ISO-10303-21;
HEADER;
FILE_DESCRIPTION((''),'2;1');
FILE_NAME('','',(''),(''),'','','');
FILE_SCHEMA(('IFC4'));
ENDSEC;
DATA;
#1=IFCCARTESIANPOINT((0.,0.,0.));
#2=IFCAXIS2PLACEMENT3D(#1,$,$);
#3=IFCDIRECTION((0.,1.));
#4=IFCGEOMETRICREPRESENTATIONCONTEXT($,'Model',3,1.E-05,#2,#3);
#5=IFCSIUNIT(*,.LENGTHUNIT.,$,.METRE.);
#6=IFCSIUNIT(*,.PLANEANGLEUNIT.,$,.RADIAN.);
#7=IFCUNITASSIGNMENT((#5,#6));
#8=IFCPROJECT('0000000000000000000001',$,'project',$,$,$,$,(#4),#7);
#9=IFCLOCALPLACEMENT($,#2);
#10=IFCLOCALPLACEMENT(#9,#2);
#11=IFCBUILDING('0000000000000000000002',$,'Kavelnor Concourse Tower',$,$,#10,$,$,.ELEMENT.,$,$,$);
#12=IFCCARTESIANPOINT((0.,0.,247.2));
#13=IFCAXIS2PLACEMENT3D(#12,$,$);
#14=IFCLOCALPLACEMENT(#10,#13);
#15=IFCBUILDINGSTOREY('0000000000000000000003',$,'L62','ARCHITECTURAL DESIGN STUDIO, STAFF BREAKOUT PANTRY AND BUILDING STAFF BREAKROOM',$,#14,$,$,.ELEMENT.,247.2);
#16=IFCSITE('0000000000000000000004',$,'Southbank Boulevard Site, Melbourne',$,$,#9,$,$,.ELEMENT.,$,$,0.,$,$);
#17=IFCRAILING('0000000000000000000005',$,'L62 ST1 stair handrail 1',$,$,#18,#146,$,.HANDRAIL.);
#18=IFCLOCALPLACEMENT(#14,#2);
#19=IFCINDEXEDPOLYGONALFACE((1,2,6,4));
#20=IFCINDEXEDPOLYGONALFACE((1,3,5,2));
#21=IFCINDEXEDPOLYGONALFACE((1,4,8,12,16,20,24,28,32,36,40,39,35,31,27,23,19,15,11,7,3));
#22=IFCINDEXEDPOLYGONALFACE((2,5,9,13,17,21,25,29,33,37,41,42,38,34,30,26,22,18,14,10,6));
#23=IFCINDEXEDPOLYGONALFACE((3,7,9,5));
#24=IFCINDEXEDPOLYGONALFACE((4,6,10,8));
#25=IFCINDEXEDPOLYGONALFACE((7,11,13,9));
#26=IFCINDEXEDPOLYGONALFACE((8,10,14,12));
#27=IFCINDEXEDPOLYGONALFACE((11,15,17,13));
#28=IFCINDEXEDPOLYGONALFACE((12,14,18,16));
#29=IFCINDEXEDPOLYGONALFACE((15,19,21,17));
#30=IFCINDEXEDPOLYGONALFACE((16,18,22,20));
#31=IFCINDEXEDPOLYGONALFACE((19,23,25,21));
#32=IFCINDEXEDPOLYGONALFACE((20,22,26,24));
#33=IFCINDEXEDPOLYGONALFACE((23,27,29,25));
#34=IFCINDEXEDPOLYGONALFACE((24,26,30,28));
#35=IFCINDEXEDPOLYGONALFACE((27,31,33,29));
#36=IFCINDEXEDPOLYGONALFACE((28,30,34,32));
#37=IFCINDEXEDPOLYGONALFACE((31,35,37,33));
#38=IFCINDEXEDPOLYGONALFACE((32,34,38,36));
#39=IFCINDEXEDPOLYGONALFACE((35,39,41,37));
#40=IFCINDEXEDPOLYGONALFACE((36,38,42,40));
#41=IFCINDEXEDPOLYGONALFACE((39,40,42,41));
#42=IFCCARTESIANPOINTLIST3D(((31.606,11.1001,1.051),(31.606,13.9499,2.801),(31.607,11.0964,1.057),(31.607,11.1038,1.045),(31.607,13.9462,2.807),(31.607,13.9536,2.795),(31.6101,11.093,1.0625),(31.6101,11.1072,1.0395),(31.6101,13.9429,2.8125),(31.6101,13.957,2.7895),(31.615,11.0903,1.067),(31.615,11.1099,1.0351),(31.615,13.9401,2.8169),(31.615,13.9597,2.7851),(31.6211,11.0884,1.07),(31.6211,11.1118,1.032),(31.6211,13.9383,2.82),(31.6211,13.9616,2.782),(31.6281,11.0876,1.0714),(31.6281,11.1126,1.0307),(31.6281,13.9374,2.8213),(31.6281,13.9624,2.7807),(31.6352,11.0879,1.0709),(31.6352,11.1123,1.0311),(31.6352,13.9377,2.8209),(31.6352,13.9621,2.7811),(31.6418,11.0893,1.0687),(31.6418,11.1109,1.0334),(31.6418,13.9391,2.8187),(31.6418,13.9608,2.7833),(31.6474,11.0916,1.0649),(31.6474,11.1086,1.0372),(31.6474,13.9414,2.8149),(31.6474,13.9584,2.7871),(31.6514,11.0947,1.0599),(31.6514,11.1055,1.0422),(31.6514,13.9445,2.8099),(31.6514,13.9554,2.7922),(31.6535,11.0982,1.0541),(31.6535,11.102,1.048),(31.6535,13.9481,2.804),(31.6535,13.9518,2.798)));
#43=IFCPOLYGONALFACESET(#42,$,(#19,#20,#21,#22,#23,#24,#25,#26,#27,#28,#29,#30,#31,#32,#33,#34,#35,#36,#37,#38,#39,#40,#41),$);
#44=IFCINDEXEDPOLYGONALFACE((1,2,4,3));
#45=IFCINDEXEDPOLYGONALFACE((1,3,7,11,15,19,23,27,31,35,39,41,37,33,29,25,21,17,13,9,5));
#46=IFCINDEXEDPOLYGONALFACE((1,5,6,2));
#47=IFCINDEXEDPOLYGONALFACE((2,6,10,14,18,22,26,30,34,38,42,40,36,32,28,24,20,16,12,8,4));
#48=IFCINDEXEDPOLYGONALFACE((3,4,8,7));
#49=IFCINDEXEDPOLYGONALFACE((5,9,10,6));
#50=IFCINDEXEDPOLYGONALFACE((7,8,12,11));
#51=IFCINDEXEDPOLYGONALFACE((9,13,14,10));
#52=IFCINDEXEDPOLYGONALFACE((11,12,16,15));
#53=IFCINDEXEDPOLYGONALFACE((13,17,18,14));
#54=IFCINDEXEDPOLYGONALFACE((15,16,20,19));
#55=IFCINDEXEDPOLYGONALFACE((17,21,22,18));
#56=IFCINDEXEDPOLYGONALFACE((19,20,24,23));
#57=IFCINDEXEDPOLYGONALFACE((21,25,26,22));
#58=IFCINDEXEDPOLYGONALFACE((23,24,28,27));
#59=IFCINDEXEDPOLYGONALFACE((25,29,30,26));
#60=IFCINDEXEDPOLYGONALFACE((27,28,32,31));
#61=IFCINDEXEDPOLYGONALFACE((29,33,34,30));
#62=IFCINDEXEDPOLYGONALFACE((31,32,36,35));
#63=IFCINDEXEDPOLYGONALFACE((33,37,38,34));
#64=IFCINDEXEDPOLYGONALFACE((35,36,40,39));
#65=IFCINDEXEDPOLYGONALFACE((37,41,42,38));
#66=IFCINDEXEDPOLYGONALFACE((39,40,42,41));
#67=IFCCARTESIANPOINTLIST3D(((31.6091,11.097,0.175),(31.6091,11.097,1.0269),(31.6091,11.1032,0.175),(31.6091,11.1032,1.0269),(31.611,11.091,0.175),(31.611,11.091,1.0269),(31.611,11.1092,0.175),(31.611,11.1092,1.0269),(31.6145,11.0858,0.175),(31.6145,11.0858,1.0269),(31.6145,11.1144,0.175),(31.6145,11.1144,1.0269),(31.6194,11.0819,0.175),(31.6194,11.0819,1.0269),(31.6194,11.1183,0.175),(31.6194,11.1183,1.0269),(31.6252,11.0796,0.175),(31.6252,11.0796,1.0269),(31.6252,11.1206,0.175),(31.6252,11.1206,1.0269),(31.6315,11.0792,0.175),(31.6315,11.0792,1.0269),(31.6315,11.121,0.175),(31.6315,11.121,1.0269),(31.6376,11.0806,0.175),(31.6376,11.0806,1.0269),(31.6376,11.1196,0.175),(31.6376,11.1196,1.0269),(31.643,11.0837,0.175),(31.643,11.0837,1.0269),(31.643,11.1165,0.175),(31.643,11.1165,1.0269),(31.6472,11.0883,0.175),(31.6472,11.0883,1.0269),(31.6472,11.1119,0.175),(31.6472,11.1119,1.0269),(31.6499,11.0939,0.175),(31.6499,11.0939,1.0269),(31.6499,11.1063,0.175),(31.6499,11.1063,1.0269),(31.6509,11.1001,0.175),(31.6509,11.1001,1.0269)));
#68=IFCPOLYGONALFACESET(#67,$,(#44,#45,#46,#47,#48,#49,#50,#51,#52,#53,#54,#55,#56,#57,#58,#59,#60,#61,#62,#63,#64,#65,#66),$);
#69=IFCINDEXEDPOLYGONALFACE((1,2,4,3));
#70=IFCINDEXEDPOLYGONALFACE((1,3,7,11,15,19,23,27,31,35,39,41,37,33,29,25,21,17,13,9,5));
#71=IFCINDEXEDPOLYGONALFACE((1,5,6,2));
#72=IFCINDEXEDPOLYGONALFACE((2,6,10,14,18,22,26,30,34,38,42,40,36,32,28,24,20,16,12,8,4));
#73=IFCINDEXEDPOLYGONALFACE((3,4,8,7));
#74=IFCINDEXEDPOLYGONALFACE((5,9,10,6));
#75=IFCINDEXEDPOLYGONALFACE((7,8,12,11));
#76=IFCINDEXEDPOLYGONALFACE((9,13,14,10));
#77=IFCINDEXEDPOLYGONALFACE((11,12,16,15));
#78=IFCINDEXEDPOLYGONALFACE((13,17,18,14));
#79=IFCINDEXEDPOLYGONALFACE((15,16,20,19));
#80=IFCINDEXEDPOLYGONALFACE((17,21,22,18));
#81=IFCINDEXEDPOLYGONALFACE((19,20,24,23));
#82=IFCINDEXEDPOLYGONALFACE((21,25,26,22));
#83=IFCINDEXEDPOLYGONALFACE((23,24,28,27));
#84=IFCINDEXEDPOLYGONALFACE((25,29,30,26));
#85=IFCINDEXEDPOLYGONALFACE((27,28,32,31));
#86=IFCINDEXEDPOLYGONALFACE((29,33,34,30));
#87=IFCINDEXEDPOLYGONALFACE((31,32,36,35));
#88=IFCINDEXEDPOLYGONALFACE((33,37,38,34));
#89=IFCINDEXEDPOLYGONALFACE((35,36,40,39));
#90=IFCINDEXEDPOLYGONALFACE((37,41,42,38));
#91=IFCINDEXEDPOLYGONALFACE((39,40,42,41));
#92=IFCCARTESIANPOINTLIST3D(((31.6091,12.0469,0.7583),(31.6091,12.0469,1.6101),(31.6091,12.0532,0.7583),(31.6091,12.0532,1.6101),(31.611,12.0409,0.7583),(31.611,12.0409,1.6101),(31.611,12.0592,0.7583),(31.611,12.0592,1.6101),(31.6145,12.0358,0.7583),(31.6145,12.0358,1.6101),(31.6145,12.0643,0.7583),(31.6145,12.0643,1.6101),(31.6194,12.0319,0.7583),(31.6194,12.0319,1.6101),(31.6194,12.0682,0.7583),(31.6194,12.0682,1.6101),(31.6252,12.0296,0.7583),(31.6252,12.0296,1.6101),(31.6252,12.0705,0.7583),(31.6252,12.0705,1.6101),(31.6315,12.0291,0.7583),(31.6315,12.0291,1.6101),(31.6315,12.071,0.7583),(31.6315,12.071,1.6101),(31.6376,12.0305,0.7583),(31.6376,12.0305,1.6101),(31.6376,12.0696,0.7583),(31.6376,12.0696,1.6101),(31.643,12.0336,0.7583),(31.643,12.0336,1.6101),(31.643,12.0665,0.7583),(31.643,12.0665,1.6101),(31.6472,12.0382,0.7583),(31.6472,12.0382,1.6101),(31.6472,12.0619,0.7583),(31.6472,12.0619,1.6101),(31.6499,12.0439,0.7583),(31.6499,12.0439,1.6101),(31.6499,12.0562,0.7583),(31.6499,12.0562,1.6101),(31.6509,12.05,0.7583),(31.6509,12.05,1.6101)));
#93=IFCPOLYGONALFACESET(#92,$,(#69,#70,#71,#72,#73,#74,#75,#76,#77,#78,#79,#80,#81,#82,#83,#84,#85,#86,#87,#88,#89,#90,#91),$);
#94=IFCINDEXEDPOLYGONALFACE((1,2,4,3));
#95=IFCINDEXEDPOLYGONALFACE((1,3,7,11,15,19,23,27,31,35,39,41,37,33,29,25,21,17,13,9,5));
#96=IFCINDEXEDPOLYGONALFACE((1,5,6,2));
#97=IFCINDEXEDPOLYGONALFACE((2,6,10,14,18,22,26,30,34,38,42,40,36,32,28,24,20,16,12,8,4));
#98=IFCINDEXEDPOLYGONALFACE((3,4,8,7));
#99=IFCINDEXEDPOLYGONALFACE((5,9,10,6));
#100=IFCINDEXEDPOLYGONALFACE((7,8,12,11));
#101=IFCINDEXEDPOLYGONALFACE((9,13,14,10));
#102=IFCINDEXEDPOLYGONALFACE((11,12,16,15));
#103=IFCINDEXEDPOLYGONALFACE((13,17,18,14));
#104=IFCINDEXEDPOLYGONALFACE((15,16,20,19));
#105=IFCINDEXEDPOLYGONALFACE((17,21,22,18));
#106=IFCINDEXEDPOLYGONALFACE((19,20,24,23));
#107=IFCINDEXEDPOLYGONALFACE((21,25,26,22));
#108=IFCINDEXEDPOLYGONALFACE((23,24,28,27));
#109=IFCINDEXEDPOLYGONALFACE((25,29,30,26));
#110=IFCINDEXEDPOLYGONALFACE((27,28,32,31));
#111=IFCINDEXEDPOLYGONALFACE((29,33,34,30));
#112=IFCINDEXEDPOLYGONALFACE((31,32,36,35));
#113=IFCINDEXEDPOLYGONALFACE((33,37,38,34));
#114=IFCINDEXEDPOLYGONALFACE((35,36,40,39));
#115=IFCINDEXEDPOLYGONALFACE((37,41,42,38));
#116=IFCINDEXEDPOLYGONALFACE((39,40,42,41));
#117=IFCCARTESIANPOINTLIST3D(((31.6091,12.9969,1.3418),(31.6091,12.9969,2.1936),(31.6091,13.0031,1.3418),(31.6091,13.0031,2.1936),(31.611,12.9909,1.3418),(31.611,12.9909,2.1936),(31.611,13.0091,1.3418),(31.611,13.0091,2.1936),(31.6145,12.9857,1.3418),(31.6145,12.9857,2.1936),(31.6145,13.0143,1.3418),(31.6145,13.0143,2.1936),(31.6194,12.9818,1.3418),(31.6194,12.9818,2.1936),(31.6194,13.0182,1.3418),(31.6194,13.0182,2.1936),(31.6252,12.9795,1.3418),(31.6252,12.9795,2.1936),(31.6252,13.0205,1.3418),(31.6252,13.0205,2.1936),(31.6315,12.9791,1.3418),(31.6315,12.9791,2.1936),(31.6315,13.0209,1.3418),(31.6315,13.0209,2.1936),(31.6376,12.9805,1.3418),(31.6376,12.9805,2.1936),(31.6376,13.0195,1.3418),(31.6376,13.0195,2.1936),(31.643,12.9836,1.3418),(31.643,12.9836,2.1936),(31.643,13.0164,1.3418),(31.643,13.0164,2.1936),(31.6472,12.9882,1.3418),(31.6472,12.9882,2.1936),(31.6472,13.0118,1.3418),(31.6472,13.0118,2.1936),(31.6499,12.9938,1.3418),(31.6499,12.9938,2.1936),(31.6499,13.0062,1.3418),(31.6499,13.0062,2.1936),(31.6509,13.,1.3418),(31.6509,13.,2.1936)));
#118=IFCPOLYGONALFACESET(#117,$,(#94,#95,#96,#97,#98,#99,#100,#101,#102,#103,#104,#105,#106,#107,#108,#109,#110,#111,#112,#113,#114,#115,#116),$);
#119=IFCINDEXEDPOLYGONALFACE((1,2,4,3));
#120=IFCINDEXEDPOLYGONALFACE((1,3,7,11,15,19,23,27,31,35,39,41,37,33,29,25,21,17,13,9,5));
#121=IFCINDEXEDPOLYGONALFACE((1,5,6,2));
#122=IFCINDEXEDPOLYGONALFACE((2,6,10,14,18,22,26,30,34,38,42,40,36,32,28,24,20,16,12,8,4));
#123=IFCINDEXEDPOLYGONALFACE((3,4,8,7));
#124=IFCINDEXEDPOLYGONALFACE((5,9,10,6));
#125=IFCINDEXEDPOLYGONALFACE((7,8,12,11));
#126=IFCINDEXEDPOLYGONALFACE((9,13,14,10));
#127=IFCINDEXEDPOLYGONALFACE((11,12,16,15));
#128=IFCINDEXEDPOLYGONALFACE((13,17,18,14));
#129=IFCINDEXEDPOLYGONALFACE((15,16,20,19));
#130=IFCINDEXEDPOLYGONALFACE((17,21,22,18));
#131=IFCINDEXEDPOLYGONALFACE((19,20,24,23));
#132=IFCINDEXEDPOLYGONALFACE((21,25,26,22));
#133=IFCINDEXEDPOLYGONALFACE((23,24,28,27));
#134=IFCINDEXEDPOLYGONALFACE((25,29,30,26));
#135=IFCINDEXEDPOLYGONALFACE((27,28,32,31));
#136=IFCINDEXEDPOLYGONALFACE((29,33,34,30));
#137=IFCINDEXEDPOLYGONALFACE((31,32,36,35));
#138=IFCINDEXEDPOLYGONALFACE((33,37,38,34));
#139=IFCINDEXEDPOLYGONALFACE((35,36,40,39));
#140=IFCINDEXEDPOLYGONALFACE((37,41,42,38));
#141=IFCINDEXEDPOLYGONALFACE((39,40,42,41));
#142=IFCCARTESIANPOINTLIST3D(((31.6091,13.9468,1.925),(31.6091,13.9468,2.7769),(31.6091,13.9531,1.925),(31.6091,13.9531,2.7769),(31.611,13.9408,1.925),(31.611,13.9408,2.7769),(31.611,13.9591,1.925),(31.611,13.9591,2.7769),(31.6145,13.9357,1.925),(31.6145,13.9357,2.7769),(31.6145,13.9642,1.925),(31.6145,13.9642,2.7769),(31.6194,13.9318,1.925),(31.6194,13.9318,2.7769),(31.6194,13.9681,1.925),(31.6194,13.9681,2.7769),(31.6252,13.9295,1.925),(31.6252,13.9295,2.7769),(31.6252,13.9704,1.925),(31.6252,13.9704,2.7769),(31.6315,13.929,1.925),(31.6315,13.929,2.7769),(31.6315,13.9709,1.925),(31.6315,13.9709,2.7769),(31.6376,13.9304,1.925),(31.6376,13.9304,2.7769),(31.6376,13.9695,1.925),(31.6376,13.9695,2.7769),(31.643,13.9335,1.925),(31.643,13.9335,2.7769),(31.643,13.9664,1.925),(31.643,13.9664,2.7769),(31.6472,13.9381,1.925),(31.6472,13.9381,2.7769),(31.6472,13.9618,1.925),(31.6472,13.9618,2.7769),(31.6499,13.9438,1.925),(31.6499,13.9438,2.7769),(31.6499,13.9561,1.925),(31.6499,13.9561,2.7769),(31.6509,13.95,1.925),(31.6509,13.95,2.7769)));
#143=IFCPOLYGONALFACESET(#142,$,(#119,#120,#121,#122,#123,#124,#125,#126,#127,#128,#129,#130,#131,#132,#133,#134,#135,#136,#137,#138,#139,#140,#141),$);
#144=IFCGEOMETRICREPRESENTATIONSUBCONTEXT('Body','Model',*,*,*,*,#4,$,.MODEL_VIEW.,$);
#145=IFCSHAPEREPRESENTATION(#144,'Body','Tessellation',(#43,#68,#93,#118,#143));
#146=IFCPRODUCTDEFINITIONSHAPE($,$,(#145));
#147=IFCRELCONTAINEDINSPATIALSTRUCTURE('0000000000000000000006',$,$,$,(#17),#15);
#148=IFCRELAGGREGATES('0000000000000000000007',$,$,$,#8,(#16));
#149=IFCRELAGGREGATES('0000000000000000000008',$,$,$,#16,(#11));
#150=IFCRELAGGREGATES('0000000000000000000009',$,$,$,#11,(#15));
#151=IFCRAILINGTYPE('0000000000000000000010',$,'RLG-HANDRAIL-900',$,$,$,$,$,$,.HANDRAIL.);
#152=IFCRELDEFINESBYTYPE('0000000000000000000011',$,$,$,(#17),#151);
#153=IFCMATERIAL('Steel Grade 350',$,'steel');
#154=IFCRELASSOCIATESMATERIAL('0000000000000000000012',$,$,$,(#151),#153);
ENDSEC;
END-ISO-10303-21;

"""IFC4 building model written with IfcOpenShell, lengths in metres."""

from ifc_helpers import new_model, si_unit, direction, frame, origin, origin_2d, place, context, subcontext, project, spatial, circle, extrude, material, type_object, element, save


model = new_model("IFC4")

# Units and contexts
model_context = context("Model", 3, precision=1e-05, world=origin(), true_north=direction((0.0, 1.0)))
body_context = subcontext(model_context, "Body", "Model", "MODEL_VIEW")
ifc_project = project(units=[si_unit("LENGTHUNIT", "METRE"), si_unit("PLANEANGLEUNIT", "RADIAN")], contexts=[model_context])

# Site, building, storey
site_placement = place(None, origin())
site = spatial("IfcSite", under=ifc_project, at=site_placement, Name="Southbank Boulevard Site, Melbourne", CompositionType="ELEMENT", RefElevation=0.0)
building_placement = place(site_placement, origin())
building = spatial("IfcBuilding", under=site, at=building_placement, Name="Kavelnor Concourse Tower", CompositionType="ELEMENT")
storey_placement = place(building_placement, frame((0.0, 0.0, 247.2)))
storey = spatial("IfcBuildingStorey", under=building, at=storey_placement, Name="L62", Description="ARCHITECTURAL DESIGN STUDIO, STAFF BREAKOUT PANTRY AND BUILDING STAFF BREAKROOM", CompositionType="ELEMENT", Elevation=247.2)

# Shared definitions
ifc_material_1 = material(Name="Steel Grade 350", Category="steel")

# Railing
railing_type_1 = type_object("IfcRailingType", Name="RLG-HANDRAIL-900", PredefinedType="HANDRAIL", material=ifc_material_1)
railing_1_placement = place(storey_placement, frame((31.6299, 11.1001, 0.175)))
element("IfcRailing", 1, at=railing_1_placement, inside=storey, type_object=railing_type_1, Name="L62 ST1 stair handrail 1", PredefinedType="HANDRAIL", context=body_context, shape_type="SweptSolid", body=[
    extrude(circle(Radius=0.0239, at=origin_2d()), frame((0.0, 0.0, 0.876), z_axis=(0.0, 0.852159, 0.523283), x_axis=(-1.0, 0.0, 0.0)), (0.0, 0.0, 1.0), 3.3442),
    extrude(circle(Radius=0.021, at=origin_2d()), origin(), (0.0, 0.0, 1.0), 0.8518),
    extrude(circle(Radius=0.021, at=origin_2d()), frame((0.0, 0.95, 0.5833)), (0.0, 0.0, 1.0), 0.8518),
    extrude(circle(Radius=0.021, at=origin_2d()), frame((0.0, 1.8999, 1.1667)), (0.0, 0.0, 1.0), 0.8518),
    extrude(circle(Radius=0.021, at=origin_2d()), frame((0.0, 2.8499, 1.75)), (0.0, 0.0, 1.0), 0.8518),
])

save(model, "model.ifc")
